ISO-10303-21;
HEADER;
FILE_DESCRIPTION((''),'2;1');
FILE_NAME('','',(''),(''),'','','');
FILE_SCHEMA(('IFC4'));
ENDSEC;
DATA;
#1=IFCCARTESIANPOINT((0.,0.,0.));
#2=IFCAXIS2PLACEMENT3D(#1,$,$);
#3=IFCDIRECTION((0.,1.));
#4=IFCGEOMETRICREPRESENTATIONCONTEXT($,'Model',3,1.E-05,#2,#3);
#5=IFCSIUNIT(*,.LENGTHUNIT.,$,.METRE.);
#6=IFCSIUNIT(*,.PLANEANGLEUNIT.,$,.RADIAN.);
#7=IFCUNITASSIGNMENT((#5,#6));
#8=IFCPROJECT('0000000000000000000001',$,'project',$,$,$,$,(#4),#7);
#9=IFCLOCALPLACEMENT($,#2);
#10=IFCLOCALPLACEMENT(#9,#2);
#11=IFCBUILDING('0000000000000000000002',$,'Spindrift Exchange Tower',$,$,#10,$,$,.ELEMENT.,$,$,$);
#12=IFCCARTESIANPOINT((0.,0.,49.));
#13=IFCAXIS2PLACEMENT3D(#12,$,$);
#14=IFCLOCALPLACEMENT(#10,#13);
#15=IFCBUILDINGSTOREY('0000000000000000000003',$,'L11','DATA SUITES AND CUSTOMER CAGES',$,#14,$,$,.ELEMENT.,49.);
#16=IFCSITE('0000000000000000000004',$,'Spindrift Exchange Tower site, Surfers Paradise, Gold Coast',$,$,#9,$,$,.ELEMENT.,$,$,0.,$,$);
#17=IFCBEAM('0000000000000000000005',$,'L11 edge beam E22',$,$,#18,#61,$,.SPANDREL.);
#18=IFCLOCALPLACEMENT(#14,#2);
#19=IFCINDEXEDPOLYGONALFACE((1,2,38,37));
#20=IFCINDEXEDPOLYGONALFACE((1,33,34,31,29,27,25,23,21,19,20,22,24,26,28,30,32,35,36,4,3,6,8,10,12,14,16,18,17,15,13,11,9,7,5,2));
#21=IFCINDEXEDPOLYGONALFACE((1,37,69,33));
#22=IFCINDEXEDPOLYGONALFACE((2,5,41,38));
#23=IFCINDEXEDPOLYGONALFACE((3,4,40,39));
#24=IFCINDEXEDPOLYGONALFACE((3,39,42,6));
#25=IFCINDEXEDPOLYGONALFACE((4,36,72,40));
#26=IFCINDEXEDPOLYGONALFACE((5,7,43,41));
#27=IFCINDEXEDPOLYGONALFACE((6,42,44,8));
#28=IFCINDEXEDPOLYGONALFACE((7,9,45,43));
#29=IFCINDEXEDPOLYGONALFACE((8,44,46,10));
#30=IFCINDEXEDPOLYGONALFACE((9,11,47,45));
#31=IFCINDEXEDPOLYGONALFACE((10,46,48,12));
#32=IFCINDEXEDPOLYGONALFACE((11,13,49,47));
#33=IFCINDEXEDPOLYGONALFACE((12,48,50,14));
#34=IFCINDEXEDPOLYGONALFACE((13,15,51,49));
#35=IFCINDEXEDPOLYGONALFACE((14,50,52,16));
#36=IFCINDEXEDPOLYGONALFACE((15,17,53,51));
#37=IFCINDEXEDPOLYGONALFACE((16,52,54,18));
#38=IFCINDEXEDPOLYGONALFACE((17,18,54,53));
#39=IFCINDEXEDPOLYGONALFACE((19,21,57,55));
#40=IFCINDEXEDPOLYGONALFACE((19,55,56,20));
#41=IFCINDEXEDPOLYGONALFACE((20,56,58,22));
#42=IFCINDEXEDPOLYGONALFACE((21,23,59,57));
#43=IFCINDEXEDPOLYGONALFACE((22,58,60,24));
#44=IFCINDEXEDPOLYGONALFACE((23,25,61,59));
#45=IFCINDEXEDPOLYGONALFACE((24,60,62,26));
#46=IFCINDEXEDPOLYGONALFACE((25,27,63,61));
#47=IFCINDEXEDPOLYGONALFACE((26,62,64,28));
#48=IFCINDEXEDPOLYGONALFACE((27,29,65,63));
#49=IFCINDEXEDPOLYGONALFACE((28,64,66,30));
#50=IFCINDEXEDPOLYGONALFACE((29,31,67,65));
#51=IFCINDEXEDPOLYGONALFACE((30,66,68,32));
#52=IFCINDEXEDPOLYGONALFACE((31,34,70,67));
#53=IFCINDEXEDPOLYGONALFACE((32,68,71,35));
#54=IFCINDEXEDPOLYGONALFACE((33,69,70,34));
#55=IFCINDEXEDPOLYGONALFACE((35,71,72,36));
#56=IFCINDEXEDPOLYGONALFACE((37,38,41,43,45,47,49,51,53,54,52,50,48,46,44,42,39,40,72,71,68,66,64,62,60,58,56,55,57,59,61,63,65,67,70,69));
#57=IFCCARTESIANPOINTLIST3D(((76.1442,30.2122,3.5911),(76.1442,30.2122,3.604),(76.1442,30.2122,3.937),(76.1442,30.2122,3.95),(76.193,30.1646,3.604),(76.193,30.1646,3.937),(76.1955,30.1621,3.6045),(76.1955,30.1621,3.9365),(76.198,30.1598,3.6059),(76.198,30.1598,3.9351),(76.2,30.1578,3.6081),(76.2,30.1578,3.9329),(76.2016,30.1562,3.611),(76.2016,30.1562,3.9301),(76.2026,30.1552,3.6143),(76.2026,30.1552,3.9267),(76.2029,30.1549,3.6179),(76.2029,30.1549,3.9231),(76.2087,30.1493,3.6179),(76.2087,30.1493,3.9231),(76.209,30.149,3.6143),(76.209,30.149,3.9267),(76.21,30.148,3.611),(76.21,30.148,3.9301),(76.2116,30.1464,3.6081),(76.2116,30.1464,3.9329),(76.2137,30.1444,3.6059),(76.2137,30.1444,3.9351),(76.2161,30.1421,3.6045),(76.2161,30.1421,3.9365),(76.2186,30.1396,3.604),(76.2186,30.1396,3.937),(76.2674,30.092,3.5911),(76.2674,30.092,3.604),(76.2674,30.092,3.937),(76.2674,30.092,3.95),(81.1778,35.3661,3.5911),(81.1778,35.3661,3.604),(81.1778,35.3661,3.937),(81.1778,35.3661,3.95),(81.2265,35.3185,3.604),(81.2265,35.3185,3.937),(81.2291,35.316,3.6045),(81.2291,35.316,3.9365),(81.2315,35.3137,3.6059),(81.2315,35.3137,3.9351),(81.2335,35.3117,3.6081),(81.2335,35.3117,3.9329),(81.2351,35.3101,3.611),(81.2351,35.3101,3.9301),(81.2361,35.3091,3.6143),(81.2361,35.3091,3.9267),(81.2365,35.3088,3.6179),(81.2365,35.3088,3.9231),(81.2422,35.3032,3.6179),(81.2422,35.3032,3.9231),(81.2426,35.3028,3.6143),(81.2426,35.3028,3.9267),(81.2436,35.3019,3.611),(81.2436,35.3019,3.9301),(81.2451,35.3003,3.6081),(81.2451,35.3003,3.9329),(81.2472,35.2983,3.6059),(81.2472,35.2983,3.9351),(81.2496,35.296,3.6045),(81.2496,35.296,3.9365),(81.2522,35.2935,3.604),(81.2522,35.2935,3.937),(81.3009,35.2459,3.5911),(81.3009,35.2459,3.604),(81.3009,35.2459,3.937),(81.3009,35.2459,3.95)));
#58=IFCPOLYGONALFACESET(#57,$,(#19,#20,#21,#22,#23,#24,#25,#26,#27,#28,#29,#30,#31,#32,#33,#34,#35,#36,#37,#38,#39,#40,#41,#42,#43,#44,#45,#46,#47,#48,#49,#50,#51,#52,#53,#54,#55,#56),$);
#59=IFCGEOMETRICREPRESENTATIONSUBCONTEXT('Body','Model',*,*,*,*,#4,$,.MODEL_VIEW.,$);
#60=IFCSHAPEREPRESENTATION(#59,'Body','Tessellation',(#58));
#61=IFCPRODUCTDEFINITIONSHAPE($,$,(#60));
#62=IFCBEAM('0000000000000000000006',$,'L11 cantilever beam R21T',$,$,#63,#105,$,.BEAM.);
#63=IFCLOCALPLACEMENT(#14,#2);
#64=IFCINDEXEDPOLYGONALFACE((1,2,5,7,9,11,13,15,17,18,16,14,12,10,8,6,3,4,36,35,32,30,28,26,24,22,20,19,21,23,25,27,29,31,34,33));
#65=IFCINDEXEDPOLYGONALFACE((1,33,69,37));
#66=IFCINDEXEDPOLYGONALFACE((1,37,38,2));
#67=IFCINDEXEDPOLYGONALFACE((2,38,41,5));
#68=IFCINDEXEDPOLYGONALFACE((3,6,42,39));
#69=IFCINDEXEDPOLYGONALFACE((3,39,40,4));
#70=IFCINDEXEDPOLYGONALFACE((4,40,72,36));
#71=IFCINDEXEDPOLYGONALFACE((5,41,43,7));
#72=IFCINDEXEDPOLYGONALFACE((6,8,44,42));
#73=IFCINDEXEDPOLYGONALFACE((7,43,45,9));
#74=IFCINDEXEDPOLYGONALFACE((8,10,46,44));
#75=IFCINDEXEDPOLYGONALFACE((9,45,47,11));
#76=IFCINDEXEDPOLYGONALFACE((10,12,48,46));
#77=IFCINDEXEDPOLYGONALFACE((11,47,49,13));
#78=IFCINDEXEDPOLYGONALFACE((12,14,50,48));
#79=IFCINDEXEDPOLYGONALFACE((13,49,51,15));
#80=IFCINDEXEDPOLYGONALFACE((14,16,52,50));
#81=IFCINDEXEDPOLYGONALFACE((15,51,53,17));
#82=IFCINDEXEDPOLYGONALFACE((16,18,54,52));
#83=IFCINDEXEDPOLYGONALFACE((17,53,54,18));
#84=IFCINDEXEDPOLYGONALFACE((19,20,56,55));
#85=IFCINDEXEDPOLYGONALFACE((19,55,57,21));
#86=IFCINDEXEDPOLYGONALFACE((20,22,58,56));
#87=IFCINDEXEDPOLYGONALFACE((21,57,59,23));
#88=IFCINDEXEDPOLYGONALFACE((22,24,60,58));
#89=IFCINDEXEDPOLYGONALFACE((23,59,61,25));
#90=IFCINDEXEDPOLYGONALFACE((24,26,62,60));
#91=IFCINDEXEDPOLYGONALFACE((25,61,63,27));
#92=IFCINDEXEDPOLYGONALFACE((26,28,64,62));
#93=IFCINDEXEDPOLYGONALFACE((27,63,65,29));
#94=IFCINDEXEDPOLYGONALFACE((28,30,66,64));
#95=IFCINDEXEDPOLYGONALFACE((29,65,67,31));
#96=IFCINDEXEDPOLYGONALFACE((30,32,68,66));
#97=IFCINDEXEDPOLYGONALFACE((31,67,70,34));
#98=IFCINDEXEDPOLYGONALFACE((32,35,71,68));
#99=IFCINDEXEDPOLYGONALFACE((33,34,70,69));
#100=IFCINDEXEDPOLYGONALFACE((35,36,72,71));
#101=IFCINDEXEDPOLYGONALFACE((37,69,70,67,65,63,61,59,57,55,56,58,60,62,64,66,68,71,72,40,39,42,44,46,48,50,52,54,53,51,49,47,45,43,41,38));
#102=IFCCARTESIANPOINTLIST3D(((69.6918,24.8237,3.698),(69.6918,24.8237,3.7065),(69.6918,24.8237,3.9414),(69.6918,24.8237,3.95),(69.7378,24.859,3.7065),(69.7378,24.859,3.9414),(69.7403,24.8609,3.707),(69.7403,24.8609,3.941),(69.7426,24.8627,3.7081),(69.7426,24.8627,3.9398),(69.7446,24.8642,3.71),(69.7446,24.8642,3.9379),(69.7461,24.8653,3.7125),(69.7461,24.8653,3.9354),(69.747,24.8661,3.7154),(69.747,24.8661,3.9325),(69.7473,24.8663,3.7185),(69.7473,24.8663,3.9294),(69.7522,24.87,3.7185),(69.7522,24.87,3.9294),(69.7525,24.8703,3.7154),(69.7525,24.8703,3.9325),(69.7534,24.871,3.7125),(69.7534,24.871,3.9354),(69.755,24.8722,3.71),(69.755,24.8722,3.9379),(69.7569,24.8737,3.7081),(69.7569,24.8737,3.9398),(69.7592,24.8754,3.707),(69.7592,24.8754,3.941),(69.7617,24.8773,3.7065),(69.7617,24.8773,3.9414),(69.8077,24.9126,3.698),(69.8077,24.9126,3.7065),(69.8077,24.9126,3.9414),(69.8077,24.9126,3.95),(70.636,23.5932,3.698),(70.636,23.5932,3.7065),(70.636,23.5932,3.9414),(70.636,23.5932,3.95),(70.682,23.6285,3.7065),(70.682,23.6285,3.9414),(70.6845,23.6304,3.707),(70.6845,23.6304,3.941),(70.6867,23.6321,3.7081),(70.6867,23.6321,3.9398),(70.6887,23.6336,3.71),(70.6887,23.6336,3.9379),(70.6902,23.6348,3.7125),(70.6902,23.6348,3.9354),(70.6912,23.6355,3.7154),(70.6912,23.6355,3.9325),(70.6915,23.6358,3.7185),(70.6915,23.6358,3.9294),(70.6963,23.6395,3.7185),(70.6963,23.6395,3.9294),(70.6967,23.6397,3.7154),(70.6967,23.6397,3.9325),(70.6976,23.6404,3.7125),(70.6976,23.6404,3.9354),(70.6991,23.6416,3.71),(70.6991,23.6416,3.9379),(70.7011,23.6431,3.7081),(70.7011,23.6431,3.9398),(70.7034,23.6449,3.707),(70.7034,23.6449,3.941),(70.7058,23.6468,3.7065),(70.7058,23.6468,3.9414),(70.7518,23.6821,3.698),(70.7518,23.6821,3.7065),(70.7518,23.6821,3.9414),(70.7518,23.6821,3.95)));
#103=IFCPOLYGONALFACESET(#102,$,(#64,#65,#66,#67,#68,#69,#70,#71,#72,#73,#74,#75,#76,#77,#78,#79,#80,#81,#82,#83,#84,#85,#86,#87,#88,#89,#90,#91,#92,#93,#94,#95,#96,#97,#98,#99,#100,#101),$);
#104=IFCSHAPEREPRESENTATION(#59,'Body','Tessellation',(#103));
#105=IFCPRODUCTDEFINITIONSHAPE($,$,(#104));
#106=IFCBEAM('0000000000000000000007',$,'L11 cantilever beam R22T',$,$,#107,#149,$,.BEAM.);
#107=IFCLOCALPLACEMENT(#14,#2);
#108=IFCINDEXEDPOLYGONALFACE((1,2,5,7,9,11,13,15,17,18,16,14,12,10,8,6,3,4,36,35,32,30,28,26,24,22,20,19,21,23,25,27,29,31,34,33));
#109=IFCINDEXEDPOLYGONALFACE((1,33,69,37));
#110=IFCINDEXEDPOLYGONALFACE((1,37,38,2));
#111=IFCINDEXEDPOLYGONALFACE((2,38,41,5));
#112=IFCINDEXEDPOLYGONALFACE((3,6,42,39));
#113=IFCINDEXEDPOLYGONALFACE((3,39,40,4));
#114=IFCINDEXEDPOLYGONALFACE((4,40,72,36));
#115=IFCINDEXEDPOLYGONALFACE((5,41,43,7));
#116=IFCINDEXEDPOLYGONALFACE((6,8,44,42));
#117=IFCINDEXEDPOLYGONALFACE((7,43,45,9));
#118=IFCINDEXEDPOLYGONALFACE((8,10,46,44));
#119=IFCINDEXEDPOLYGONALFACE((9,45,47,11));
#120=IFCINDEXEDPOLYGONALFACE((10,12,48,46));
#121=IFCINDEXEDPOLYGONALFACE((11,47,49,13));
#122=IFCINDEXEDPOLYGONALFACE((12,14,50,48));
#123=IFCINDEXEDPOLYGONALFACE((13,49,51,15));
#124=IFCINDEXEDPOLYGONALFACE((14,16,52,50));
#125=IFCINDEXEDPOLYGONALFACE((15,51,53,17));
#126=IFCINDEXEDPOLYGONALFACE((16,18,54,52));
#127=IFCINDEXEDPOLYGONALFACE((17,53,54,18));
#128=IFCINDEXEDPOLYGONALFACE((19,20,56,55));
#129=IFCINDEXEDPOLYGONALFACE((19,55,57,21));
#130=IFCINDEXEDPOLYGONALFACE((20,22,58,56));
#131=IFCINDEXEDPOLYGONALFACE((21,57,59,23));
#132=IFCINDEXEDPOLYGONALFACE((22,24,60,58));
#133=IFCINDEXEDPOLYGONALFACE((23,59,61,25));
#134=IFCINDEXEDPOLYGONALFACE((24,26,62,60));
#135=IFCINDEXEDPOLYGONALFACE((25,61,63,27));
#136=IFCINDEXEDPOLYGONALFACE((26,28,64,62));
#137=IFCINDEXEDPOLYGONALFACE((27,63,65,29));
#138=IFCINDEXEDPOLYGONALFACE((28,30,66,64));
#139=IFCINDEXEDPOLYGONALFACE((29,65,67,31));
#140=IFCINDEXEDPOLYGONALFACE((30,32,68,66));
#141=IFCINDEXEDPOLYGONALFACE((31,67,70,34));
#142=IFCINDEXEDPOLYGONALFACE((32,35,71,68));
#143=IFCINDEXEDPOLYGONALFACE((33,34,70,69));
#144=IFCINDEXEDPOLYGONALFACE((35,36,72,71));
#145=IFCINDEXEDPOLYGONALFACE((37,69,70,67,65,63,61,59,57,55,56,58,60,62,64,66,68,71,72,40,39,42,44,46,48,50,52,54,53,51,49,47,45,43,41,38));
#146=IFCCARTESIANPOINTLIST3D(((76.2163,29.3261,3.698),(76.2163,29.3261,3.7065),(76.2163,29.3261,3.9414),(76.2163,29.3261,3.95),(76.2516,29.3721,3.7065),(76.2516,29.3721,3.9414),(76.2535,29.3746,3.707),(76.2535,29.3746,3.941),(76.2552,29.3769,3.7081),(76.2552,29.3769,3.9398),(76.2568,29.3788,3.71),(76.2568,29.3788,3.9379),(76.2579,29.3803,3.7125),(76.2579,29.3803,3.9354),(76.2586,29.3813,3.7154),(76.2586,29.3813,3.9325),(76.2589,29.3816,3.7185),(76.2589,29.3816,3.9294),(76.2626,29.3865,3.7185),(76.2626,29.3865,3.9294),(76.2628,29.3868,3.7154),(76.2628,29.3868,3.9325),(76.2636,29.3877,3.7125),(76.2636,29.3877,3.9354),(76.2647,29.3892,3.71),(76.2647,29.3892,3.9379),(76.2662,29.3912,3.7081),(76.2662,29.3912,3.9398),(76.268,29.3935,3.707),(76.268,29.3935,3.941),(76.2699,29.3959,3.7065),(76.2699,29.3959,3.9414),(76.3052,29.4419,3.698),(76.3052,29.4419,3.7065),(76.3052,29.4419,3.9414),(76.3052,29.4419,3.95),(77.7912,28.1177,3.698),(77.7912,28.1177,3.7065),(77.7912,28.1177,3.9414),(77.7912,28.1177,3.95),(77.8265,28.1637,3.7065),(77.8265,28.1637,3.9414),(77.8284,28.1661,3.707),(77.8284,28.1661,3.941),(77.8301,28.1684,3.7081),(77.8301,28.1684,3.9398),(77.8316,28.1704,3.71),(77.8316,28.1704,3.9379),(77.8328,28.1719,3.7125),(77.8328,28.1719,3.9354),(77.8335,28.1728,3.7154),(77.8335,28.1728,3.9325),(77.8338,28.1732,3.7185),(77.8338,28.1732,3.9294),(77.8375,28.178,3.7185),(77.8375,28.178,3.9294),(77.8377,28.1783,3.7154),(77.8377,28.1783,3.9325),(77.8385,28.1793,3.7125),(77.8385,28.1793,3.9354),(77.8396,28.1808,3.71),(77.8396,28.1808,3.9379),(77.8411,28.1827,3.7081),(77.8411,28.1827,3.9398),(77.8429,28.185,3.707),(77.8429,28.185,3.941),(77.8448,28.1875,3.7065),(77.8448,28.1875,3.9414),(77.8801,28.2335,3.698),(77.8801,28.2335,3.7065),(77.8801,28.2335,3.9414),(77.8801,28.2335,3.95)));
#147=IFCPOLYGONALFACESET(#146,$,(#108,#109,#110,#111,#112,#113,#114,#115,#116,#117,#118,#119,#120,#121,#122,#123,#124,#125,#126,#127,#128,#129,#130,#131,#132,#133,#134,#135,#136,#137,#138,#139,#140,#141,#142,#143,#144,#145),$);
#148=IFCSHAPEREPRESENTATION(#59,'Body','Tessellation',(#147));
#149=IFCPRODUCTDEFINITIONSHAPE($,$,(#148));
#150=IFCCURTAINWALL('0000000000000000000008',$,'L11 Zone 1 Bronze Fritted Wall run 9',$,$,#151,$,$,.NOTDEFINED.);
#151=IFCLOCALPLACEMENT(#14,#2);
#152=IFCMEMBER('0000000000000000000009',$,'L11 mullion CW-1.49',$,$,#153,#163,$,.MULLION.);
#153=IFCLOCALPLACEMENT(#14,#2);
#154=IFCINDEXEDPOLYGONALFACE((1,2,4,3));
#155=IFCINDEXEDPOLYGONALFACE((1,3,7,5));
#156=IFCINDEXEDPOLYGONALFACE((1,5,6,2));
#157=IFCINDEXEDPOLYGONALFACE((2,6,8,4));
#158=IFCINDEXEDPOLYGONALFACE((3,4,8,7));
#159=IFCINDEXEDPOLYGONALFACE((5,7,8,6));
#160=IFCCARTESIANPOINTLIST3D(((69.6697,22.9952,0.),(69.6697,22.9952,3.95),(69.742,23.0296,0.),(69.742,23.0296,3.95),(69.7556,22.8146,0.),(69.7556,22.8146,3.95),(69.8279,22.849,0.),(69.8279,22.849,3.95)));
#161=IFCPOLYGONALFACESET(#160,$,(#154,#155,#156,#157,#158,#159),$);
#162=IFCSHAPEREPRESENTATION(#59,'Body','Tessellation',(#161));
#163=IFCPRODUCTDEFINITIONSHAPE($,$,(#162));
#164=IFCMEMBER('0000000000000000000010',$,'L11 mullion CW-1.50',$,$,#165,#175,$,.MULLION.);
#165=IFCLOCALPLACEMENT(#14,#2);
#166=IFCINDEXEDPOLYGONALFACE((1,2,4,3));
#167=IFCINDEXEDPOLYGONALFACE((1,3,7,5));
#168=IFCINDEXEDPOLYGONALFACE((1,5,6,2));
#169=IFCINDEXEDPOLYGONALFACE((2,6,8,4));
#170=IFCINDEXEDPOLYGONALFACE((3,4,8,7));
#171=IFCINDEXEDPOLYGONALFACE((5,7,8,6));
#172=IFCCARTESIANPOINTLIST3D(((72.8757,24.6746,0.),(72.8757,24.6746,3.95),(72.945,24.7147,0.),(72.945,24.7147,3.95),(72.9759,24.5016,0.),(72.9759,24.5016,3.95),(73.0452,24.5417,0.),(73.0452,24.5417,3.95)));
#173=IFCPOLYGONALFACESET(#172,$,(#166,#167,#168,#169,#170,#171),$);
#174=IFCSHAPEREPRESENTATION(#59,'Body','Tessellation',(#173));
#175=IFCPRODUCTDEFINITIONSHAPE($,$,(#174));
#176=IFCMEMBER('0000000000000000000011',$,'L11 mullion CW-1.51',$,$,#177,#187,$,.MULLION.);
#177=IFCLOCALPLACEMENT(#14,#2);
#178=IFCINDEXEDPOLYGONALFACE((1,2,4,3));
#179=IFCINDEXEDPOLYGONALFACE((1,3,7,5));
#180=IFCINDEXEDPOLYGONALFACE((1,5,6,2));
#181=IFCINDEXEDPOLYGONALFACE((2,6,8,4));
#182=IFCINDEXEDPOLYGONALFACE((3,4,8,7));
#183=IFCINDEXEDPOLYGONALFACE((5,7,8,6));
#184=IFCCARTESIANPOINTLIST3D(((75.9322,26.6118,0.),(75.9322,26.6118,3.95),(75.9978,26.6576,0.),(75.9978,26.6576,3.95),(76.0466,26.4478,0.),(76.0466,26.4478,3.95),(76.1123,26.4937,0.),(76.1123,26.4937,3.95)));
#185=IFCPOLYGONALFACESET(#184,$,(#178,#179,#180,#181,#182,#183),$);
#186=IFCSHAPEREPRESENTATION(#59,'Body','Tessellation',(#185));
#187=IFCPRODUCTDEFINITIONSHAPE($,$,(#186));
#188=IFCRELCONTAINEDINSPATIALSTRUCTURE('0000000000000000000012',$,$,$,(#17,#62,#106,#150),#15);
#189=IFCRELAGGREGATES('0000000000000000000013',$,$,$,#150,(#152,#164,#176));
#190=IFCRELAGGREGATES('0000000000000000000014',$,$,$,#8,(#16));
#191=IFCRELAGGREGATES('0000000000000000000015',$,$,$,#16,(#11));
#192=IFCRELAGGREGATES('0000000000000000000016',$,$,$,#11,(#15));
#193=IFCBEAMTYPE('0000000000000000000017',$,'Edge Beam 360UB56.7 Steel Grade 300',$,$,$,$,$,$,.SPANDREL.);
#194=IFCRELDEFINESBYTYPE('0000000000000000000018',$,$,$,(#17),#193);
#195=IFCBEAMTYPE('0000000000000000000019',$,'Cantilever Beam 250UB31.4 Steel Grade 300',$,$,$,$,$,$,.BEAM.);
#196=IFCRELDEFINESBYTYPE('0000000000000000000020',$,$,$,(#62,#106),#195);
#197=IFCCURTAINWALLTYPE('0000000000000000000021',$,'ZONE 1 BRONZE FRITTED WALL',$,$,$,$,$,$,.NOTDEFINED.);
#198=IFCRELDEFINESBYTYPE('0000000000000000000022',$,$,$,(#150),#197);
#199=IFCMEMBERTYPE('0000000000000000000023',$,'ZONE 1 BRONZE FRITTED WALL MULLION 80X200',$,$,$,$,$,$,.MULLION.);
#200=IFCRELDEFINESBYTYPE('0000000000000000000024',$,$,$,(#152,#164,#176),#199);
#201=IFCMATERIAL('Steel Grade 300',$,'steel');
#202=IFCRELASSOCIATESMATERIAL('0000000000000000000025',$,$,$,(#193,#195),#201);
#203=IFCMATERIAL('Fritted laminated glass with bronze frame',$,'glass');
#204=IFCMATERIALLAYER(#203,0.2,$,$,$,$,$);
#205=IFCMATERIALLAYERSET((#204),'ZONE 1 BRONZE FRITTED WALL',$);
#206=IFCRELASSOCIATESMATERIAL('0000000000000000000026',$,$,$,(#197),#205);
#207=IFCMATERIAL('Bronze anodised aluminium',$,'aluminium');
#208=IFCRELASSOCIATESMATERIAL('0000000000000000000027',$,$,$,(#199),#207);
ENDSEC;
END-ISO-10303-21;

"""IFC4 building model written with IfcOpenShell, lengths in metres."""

from ifc_helpers import new_model, si_unit, direction, frame, origin, origin_2d, place, context, subcontext, project, spatial, rectangle, i_section, extrude, source, transform, mapped, material, layer, layer_set, material_profile, profile_set, type_object, element, aggregate, save


model = new_model("IFC4")

# Units and contexts
model_context = context("Model", 3, precision=1e-05, world=origin(), true_north=direction((0.0, 1.0)))
body_context = subcontext(model_context, "Body", "Model", "MODEL_VIEW")
ifc_project = project(units=[si_unit("LENGTHUNIT", "METRE"), si_unit("PLANEANGLEUNIT", "RADIAN")], contexts=[model_context])

# Site, building, storey
site_placement = place(None, origin())
site = spatial("IfcSite", under=ifc_project, at=site_placement, Name="Spindrift Exchange Tower site, Surfers Paradise, Gold Coast", CompositionType="ELEMENT", RefElevation=0.0)
building_placement = place(site_placement, origin())
building = spatial("IfcBuilding", under=site, at=building_placement, Name="Spindrift Exchange Tower", CompositionType="ELEMENT")
storey_placement = place(building_placement, frame((0.0, 0.0, 49.0)))
storey = spatial("IfcBuildingStorey", under=building, at=storey_placement, Name="L11", Description="DATA SUITES AND CUSTOMER CAGES", CompositionType="ELEMENT", Elevation=49.0)

# Beams
ifc_material_1 = material(Name="Steel Grade 300", Category="steel")
ifc_material_profile_1 = material_profile(ifc_material_1, i_section(OverallWidth=0.1721, OverallDepth=0.3589, WebThickness=0.0081, FlangeThickness=0.0129, FilletRadius=0.0139, at=origin_2d()), Name="360UB56.7")
ifc_profile_set_1 = profile_set([ifc_material_profile_1], Name="Steel Grade 300")
beam_type_1 = type_object("IfcBeamType", Name="Edge Beam 360UB56.7 Steel Grade 300", PredefinedType="SPANDREL", material=ifc_profile_set_1)
shared_shape_1 = source(origin(), body_context, "Body", "SweptSolid", [
    extrude(i_section(OverallWidth=0.1721, OverallDepth=0.3589, WebThickness=0.0081, FlangeThickness=0.0129, FilletRadius=0.0139, at=origin_2d()), origin(), (0.0, 0.0, 1.0), 7.2041),
])
beam_1_placement = place(storey_placement, frame((76.2058, 30.1521, 3.7705), z_axis=(0.698704, 0.715411, 0.0), x_axis=(-0.715411, 0.698704, 0.0)))
element("IfcBeam", 1, at=beam_1_placement, inside=storey, type_object=beam_type_1, Name="L11 edge beam E22", PredefinedType="SPANDREL", context=body_context, shape_type="MappedRepresentation", body=[
    mapped(shared_shape_1, transform((0.0, 0.0, 0.0), scale=1.0)),
])
ifc_material_profile_2 = material_profile(ifc_material_1, i_section(OverallWidth=0.146, OverallDepth=0.252, WebThickness=0.0061, FlangeThickness=0.0085, FilletRadius=0.012, at=origin_2d()), Name="250UB31.4")
ifc_profile_set_2 = profile_set([ifc_material_profile_2], Name="Steel Grade 300")
beam_type_2 = type_object("IfcBeamType", Name="Cantilever Beam 250UB31.4 Steel Grade 300", PredefinedType="BEAM", material=ifc_profile_set_2)
shared_shape_2 = source(origin(), body_context, "Body", "SweptSolid", [
    extrude(i_section(OverallWidth=0.146, OverallDepth=0.252, WebThickness=0.0061, FlangeThickness=0.0085, FilletRadius=0.012, at=origin_2d()), origin(), (0.0, 0.0, 1.0), 1.551),
])
beam_2_placement = place(storey_placement, frame((69.7498, 24.8682, 3.824), z_axis=(0.608729, -0.793378, 0.0), x_axis=(0.793378, 0.608729, 0.0)))
element("IfcBeam", 2, at=beam_2_placement, inside=storey, type_object=beam_type_2, Name="L11 cantilever beam R21T", PredefinedType="BEAM", context=body_context, shape_type="MappedRepresentation", body=[
    mapped(shared_shape_2, transform((0.0, 0.0, 0.0), scale=1.0)),
])
shared_shape_3 = source(origin(), body_context, "Body", "SweptSolid", [
    extrude(i_section(OverallWidth=0.146, OverallDepth=0.252, WebThickness=0.0061, FlangeThickness=0.0085, FilletRadius=0.012, at=origin_2d()), origin(), (0.0, 0.0, 1.0), 1.9851),
])
beam_3_placement = place(storey_placement, frame((76.2607, 29.384, 3.824), z_axis=(0.793355, -0.608759, 0.0), x_axis=(0.608759, 0.793355, 0.0)))
element("IfcBeam", 3, at=beam_3_placement, inside=storey, type_object=beam_type_2, Name="L11 cantilever beam R22T", PredefinedType="BEAM", context=body_context, shape_type="MappedRepresentation", body=[
    mapped(shared_shape_3, transform((0.0, 0.0, 0.0), scale=1.0)),
])

# Curtain wall, members
ifc_material_2 = material(Name="Fritted laminated glass with bronze frame", Category="glass")
ifc_layer_1 = layer(ifc_material_2, 0.2)
ifc_layer_set_1 = layer_set([ifc_layer_1], Name="ZONE 1 BRONZE FRITTED WALL")
curtain_wall_type = type_object("IfcCurtainWallType", Name="ZONE 1 BRONZE FRITTED WALL", PredefinedType="NOTDEFINED", material=ifc_layer_set_1)
curtain_wall_1_placement = place(storey_placement, origin())
curtain_wall_1 = element("IfcCurtainWall", 4, at=curtain_wall_1_placement, inside=storey, type_object=curtain_wall_type, Name="L11 Zone 1 Bronze Fritted Wall run 9", PredefinedType="NOTDEFINED")
ifc_material_3 = material(Name="Bronze anodised aluminium", Category="aluminium")
ifc_material_profile_3 = material_profile(ifc_material_3, rectangle(XDim=0.0801, YDim=0.2, at=origin_2d()), Name="ZONE 1 BRONZE FRITTED WALL MULLION 80X200")
ifc_profile_set_3 = profile_set([ifc_material_profile_3], Name="Bronze anodised aluminium")
member_type_1 = type_object("IfcMemberType", Name="ZONE 1 BRONZE FRITTED WALL MULLION 80X200", PredefinedType="MULLION", material=ifc_profile_set_3)
shared_shape_4 = source(origin(), body_context, "Body", "SweptSolid", [
    extrude(rectangle(XDim=0.0801, YDim=0.2, at=origin_2d()), origin(), (0.0, 0.0, 1.0), 3.95),
])
member_1_placement = place(storey_placement, frame((69.7488, 22.9221, 0.0), z_axis=(0.0, 0.0, 1.0), x_axis=(0.903023, 0.429591, 0.0)))
member_1 = element("IfcMember", 5, at=member_1_placement, type_object=member_type_1, Name="L11 mullion CW-1.49", PredefinedType="MULLION", context=body_context, shape_type="MappedRepresentation", body=[
    mapped(shared_shape_4, transform((0.0, 0.0, 0.0), scale=1.0)),
])
member_2_placement = place(storey_placement, frame((72.9604, 24.6082, 0.0), z_axis=(0.0, 0.0, 1.0), x_axis=(0.865517, 0.500879, 0.0)))
member_2 = element("IfcMember", 6, at=member_2_placement, type_object=member_type_1, Name="L11 mullion CW-1.50", PredefinedType="MULLION", context=body_context, shape_type="MappedRepresentation", body=[
    mapped(shared_shape_4, transform((0.0, 0.0, 0.0), scale=1.0)),
])
member_3_placement = place(storey_placement, frame((76.0222, 26.5527, 0.0), z_axis=(0.0, 0.0, 1.0), x_axis=(0.819944, 0.572443, 0.0)))
member_3 = element("IfcMember", 7, at=member_3_placement, type_object=member_type_1, Name="L11 mullion CW-1.51", PredefinedType="MULLION", context=body_context, shape_type="MappedRepresentation", body=[
    mapped(shared_shape_4, transform((0.0, 0.0, 0.0), scale=1.0)),
])

aggregate(curtain_wall_1, [member_1, member_2, member_3])

save(model, "model.ifc")
